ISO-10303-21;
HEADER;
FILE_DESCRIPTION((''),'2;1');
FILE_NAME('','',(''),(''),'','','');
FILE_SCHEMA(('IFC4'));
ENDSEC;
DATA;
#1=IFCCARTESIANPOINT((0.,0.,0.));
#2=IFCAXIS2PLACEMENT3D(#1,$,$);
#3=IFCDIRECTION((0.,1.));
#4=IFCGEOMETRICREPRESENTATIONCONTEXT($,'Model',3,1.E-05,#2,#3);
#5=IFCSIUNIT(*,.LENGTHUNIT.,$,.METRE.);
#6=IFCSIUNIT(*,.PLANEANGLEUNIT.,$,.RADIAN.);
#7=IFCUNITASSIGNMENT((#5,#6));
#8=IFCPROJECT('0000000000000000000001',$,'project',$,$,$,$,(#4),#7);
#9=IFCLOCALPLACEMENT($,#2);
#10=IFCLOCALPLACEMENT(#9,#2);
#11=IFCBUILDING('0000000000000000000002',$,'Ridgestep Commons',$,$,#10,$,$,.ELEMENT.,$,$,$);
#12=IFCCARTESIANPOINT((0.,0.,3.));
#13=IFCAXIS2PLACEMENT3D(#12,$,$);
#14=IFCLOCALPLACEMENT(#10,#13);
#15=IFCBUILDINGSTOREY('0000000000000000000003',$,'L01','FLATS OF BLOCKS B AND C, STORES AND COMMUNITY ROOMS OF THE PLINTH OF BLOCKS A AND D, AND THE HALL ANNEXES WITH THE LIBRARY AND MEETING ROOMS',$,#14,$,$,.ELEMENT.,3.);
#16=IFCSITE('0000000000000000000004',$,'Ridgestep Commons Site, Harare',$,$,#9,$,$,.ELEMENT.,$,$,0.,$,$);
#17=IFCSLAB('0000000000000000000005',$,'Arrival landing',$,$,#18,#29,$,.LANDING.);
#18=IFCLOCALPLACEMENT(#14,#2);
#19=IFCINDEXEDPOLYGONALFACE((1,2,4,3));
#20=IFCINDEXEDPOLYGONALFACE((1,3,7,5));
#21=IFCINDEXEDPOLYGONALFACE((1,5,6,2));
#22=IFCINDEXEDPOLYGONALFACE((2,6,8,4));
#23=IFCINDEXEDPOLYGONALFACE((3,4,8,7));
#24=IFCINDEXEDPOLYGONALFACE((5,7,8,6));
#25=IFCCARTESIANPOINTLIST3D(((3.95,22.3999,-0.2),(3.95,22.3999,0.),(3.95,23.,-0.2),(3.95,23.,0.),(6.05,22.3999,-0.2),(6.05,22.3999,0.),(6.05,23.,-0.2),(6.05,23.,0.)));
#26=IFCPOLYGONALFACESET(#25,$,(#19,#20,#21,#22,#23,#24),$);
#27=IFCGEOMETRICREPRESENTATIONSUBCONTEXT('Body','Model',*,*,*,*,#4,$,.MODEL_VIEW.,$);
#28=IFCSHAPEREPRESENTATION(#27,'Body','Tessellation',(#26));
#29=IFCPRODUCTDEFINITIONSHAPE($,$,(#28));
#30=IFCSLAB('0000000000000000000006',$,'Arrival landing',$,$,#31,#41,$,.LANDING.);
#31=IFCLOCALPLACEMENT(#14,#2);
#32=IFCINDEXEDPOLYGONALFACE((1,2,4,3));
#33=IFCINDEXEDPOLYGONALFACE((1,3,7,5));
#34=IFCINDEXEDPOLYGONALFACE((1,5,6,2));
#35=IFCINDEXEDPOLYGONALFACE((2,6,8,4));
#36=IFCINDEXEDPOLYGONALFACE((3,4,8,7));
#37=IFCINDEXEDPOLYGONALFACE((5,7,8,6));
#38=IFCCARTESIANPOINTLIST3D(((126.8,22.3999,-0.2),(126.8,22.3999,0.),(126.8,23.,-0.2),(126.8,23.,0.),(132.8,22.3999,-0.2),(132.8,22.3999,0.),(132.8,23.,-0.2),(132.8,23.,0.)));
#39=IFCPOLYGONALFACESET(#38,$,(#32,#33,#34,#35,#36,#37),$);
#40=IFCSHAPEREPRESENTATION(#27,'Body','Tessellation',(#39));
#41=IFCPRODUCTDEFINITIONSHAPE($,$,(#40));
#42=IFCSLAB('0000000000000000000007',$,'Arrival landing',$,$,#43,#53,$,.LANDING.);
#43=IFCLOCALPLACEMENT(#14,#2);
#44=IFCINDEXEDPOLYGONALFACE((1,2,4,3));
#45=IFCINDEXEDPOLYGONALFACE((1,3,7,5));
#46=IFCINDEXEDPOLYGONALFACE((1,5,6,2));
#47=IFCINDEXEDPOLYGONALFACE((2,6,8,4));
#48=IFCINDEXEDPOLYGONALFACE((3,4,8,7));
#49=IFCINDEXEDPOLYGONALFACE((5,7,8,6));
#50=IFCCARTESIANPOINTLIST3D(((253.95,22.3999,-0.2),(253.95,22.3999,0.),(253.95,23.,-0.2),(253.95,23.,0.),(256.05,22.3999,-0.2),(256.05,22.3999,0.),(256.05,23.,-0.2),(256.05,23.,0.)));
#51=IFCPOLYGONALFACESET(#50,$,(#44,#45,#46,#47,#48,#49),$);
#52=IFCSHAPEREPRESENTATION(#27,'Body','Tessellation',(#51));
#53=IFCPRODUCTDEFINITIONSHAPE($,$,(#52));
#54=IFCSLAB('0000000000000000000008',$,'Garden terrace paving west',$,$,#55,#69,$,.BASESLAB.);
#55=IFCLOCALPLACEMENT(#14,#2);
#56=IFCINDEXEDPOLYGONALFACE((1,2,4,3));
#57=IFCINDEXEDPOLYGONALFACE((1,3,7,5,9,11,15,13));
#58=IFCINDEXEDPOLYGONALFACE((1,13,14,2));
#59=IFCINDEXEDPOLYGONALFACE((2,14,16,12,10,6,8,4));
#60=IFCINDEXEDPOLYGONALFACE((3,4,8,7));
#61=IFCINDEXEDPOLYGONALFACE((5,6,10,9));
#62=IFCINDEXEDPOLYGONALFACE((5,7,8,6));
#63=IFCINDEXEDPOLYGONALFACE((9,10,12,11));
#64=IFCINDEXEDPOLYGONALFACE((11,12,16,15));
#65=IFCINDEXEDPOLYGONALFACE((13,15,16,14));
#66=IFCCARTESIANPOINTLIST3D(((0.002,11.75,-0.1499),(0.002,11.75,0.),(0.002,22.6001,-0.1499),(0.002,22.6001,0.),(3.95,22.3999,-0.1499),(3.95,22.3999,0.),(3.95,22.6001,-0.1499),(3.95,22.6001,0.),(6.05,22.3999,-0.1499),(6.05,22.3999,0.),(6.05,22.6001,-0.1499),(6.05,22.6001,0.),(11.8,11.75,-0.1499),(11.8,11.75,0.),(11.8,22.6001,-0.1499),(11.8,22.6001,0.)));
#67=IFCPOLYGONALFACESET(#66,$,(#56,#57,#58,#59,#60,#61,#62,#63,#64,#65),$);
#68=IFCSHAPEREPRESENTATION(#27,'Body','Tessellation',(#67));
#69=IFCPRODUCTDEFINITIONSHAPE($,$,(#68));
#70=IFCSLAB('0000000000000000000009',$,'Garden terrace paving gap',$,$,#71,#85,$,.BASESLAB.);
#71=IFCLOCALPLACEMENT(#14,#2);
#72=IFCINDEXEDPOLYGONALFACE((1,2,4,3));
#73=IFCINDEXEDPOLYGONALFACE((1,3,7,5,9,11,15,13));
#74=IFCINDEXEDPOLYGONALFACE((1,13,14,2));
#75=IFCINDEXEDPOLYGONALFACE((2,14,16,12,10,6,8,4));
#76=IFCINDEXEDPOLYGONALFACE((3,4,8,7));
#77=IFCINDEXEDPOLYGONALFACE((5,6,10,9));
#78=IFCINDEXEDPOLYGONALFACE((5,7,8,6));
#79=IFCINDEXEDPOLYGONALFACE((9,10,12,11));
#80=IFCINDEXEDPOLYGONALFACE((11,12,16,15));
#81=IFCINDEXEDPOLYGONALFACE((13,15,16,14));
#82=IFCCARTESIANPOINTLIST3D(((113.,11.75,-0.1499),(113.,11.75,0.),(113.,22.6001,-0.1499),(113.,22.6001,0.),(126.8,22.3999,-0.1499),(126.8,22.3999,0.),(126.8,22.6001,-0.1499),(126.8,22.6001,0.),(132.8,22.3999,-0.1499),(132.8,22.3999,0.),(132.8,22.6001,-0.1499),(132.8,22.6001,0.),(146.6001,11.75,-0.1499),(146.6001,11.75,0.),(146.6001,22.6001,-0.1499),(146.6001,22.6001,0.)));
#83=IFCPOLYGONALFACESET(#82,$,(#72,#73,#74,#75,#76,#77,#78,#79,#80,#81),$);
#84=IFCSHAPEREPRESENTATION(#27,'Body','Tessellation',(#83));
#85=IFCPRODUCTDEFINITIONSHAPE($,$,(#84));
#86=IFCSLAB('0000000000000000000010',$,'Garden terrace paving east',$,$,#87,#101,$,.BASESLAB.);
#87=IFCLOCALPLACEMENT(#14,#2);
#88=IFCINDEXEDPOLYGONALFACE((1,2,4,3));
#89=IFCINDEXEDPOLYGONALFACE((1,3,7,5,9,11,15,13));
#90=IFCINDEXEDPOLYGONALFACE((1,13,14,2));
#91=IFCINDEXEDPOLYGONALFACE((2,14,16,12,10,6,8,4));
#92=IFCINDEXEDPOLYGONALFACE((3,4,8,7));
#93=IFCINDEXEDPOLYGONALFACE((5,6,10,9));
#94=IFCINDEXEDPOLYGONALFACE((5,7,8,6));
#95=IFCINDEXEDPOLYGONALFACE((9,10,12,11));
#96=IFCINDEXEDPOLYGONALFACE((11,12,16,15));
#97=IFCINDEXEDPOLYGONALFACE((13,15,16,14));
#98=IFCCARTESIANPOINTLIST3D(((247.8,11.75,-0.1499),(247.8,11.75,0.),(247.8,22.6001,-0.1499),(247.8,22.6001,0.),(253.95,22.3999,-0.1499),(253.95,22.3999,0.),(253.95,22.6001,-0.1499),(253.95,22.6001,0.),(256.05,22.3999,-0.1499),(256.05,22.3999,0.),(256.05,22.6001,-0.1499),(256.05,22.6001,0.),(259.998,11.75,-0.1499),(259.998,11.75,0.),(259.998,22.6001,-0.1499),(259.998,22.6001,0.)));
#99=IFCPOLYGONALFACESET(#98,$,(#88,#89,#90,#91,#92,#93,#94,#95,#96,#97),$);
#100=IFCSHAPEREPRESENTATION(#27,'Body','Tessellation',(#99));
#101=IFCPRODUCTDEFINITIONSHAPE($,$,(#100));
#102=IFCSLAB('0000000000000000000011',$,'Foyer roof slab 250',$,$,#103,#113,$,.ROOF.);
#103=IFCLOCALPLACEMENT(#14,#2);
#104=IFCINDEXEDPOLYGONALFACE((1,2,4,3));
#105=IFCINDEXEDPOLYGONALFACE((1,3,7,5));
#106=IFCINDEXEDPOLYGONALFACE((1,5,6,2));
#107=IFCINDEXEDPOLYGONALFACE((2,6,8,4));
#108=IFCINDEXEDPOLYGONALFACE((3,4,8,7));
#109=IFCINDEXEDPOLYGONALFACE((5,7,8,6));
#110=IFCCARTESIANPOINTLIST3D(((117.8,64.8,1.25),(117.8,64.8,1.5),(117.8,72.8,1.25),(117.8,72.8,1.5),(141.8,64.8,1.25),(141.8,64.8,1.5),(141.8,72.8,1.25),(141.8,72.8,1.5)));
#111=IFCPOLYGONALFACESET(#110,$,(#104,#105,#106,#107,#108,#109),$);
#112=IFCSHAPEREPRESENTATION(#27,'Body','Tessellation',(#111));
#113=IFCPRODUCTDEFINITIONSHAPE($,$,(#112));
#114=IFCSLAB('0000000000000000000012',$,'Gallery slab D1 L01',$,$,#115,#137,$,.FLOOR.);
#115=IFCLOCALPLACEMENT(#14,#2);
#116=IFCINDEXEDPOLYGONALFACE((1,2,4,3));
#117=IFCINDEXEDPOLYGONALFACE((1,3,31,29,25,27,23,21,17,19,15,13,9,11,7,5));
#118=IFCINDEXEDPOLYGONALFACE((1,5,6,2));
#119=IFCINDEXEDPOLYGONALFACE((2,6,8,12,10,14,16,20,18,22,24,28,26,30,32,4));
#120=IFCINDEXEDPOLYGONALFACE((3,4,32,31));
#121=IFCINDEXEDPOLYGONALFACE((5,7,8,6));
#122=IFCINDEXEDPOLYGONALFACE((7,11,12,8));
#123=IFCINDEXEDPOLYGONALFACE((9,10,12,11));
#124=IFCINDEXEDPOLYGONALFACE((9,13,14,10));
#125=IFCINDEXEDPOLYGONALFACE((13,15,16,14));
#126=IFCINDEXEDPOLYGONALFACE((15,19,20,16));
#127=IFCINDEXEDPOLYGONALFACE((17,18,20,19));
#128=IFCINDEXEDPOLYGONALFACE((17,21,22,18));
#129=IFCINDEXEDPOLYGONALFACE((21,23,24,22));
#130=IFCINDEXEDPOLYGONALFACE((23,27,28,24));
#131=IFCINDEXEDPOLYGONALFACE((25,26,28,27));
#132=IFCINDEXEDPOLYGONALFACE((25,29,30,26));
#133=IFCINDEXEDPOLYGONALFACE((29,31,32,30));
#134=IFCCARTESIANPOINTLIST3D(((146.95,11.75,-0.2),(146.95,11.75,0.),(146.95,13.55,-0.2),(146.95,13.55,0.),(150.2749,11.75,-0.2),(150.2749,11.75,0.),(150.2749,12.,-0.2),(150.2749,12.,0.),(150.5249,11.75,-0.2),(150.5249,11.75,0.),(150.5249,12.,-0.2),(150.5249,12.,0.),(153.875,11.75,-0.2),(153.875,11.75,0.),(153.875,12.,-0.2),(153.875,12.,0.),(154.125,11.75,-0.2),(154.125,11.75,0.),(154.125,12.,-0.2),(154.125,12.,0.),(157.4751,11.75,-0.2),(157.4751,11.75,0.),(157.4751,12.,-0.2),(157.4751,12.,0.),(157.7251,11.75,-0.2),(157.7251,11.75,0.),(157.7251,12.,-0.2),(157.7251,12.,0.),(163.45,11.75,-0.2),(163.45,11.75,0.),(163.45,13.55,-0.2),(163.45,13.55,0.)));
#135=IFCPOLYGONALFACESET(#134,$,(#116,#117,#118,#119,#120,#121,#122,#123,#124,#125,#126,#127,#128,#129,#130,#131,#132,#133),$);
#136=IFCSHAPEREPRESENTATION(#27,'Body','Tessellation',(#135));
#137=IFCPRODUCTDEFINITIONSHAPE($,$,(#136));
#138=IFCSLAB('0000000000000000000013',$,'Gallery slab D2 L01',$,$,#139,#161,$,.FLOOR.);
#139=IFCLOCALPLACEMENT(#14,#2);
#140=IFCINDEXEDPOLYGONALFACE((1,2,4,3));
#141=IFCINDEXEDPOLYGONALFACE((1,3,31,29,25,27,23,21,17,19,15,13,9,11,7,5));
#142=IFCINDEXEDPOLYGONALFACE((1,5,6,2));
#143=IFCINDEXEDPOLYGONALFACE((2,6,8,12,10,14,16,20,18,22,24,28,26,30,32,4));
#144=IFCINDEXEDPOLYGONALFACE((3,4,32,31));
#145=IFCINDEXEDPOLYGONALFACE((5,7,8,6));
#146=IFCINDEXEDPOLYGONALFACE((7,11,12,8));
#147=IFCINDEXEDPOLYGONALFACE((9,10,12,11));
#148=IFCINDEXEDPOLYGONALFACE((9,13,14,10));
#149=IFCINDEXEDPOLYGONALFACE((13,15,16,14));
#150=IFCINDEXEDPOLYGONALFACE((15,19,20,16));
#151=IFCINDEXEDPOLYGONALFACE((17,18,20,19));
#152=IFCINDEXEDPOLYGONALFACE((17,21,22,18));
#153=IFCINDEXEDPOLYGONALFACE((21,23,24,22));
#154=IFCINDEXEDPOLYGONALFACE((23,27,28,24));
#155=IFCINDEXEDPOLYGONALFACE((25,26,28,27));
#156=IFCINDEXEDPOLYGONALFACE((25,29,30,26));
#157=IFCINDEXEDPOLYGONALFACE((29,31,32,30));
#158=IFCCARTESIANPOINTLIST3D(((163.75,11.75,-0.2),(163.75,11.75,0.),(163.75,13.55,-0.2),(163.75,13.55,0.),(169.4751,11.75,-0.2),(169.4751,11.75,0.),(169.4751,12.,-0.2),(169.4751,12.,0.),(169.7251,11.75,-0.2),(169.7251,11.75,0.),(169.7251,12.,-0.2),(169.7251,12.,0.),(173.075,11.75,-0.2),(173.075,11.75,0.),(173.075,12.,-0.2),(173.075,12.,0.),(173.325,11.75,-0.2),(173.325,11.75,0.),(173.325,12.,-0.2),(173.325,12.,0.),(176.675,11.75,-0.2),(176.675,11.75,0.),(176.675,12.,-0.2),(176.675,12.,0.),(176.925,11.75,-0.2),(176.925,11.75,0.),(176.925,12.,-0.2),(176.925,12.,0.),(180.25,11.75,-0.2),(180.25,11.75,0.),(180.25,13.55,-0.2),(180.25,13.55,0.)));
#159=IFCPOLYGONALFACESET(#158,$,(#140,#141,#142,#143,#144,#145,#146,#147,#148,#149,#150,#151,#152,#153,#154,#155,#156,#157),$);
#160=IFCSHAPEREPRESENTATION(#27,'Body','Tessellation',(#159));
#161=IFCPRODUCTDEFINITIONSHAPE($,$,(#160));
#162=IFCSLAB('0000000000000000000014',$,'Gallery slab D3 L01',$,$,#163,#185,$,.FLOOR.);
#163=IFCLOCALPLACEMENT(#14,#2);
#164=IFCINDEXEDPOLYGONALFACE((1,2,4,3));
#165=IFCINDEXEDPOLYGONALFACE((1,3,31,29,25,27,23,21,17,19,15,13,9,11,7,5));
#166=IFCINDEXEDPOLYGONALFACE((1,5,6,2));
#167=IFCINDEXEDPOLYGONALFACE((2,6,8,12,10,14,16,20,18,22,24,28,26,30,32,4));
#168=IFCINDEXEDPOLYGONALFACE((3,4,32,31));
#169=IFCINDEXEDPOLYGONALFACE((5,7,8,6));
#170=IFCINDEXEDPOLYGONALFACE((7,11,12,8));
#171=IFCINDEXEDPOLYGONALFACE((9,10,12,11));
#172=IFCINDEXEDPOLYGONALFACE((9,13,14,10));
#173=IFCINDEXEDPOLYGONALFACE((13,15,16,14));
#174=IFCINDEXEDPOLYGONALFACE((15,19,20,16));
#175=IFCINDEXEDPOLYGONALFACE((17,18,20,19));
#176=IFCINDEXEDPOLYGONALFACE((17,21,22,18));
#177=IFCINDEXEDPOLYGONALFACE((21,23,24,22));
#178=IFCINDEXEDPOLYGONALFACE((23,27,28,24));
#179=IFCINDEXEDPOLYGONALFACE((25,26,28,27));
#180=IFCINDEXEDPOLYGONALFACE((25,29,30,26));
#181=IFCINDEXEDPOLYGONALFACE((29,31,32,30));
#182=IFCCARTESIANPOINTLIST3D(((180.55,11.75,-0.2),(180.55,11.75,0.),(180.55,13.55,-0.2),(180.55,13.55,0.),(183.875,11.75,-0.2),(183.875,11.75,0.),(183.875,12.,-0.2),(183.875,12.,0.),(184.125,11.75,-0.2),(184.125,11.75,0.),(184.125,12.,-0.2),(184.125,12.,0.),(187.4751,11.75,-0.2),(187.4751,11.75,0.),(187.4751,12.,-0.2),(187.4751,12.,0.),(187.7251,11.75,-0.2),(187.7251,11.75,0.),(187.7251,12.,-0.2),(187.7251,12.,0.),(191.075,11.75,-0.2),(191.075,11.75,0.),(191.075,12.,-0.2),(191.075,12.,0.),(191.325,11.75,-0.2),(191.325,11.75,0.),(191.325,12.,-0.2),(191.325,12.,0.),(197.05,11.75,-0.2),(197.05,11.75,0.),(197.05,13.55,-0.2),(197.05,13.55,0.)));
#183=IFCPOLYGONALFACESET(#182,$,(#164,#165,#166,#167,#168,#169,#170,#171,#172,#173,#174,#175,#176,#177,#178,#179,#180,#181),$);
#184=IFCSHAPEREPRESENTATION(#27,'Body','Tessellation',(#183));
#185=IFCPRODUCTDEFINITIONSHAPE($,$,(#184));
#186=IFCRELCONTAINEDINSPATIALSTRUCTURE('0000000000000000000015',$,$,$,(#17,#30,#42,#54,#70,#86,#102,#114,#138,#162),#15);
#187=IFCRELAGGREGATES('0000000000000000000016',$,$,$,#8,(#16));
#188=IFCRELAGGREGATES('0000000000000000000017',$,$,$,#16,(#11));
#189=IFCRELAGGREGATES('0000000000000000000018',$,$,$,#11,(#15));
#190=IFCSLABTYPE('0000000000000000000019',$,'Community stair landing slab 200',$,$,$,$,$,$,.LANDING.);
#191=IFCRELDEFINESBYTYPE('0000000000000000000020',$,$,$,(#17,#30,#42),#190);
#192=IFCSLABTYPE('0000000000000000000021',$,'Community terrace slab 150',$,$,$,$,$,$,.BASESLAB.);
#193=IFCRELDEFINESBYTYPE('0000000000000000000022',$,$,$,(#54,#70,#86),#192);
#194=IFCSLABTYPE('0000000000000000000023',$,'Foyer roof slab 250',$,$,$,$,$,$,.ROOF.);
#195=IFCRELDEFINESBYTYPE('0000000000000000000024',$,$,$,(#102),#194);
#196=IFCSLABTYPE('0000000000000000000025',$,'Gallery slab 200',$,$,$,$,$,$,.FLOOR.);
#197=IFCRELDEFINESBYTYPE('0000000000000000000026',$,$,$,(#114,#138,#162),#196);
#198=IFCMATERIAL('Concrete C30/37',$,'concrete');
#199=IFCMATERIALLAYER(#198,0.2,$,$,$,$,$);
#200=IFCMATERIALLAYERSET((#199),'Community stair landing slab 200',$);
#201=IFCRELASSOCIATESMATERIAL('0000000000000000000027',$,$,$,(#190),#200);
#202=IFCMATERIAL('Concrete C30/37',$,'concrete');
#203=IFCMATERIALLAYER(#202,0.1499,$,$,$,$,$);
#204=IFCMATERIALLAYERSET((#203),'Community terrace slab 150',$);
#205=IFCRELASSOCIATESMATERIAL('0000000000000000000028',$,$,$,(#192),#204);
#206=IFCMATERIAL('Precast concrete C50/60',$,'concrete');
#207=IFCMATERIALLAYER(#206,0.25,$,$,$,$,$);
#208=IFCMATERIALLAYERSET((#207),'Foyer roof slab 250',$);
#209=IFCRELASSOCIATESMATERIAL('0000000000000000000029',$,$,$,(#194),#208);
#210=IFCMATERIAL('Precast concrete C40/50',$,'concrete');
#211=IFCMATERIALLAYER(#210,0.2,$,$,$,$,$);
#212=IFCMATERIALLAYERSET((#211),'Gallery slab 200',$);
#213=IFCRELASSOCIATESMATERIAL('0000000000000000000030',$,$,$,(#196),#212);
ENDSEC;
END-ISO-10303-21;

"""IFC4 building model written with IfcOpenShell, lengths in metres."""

from ifc_helpers import new_model, si_unit, direction, frame, origin, place, context, subcontext, project, spatial, polyline, outline, extrude, material, layer, layer_set, type_object, element, save


model = new_model("IFC4")

# Units and contexts
model_context = context("Model", 3, precision=1e-05, world=origin(), true_north=direction((0.0, 1.0)))
body_context = subcontext(model_context, "Body", "Model", "MODEL_VIEW")
ifc_project = project(units=[si_unit("LENGTHUNIT", "METRE"), si_unit("PLANEANGLEUNIT", "RADIAN")], contexts=[model_context])

# Site, building, storey
site_placement = place(None, origin())
site = spatial("IfcSite", under=ifc_project, at=site_placement, Name="Ridgestep Commons Site, Harare", CompositionType="ELEMENT", RefElevation=0.0)
building_placement = place(site_placement, origin())
building = spatial("IfcBuilding", under=site, at=building_placement, Name="Ridgestep Commons", CompositionType="ELEMENT")
storey_placement = place(building_placement, frame((0.0, 0.0, 3.0)))
storey = spatial("IfcBuildingStorey", under=building, at=storey_placement, Name="L01", Description="FLATS OF BLOCKS B AND C, STORES AND COMMUNITY ROOMS OF THE PLINTH OF BLOCKS A AND D, AND THE HALL ANNEXES WITH THE LIBRARY AND MEETING ROOMS", CompositionType="ELEMENT", Elevation=3.0)

# Slabs
ifc_material_1 = material(Name="Concrete C30/37", Category="concrete")
ifc_layer_1 = layer(ifc_material_1, 0.2)
ifc_layer_set_1 = layer_set([ifc_layer_1], Name="Community stair landing slab 200")
slab_type_1 = type_object("IfcSlabType", Name="Community stair landing slab 200", PredefinedType="LANDING", material=ifc_layer_set_1)
slab_1_placement = place(storey_placement, frame((0.0, 0.0, -0.2)))
element("IfcSlab", 1, at=slab_1_placement, inside=storey, type_object=slab_type_1, Name="Arrival landing", PredefinedType="LANDING", context=body_context, shape_type="SweptSolid", body=[
    extrude(outline(polyline([(3.95, 22.3999), (6.05, 22.3999), (6.05, 23.0), (3.95, 23.0), (3.95, 22.3999)])), origin(), (0.0, 0.0, 1.0), 0.2),
])
slab_2_placement = place(storey_placement, frame((0.0, 0.0, -0.2)))
element("IfcSlab", 2, at=slab_2_placement, inside=storey, type_object=slab_type_1, Name="Arrival landing", PredefinedType="LANDING", context=body_context, shape_type="SweptSolid", body=[
    extrude(outline(polyline([(126.8, 22.3999), (132.8, 22.3999), (132.8, 23.0), (126.8, 23.0), (126.8, 22.3999)])), origin(), (0.0, 0.0, 1.0), 0.2),
])
slab_3_placement = place(storey_placement, frame((0.0, 0.0, -0.2)))
element("IfcSlab", 3, at=slab_3_placement, inside=storey, type_object=slab_type_1, Name="Arrival landing", PredefinedType="LANDING", context=body_context, shape_type="SweptSolid", body=[
    extrude(outline(polyline([(253.95, 22.3999), (256.05, 22.3999), (256.05, 23.0), (253.95, 23.0), (253.95, 22.3999)])), origin(), (0.0, 0.0, 1.0), 0.2),
])
ifc_material_2 = material(Name="Concrete C30/37", Category="concrete")
ifc_layer_2 = layer(ifc_material_2, 0.1499)
ifc_layer_set_2 = layer_set([ifc_layer_2], Name="Community terrace slab 150")
slab_type_2 = type_object("IfcSlabType", Name="Community terrace slab 150", PredefinedType="BASESLAB", material=ifc_layer_set_2)
slab_4_placement = place(storey_placement, frame((0.0, 0.0, -0.1499)))
element("IfcSlab", 4, at=slab_4_placement, inside=storey, type_object=slab_type_2, Name="Garden terrace paving west", PredefinedType="BASESLAB", context=body_context, shape_type="SweptSolid", body=[
    extrude(outline(polyline([(11.8, 22.6001), (11.8, 11.75), (0.002, 11.75), (0.002, 22.6001), (3.95, 22.6001), (3.95, 22.3999), (6.05, 22.3999), (6.05, 22.6001), (11.8, 22.6001)])), origin(), (0.0, 0.0, 1.0), 0.1499),
])
slab_5_placement = place(storey_placement, frame((0.0, 0.0, -0.1499)))
element("IfcSlab", 5, at=slab_5_placement, inside=storey, type_object=slab_type_2, Name="Garden terrace paving gap", PredefinedType="BASESLAB", context=body_context, shape_type="SweptSolid", body=[
    extrude(outline(polyline([(146.6001, 22.6001), (146.6001, 11.75), (113.0, 11.75), (113.0, 22.6001), (126.8, 22.6001), (126.8, 22.3999), (132.8, 22.3999), (132.8, 22.6001), (146.6001, 22.6001)])), origin(), (0.0, 0.0, 1.0), 0.1499),
])
slab_6_placement = place(storey_placement, frame((0.0, 0.0, -0.1499)))
element("IfcSlab", 6, at=slab_6_placement, inside=storey, type_object=slab_type_2, Name="Garden terrace paving east", PredefinedType="BASESLAB", context=body_context, shape_type="SweptSolid", body=[
    extrude(outline(polyline([(259.998, 22.6001), (259.998, 11.75), (247.8, 11.75), (247.8, 22.6001), (253.95, 22.6001), (253.95, 22.3999), (256.05, 22.3999), (256.05, 22.6001), (259.998, 22.6001)])), origin(), (0.0, 0.0, 1.0), 0.1499),
])
ifc_material_3 = material(Name="Precast concrete C50/60", Category="concrete")
ifc_layer_3 = layer(ifc_material_3, 0.25)
ifc_layer_set_3 = layer_set([ifc_layer_3], Name="Foyer roof slab 250")
slab_type_3 = type_object("IfcSlabType", Name="Foyer roof slab 250", PredefinedType="ROOF", material=ifc_layer_set_3)
slab_7_placement = place(storey_placement, frame((0.0, 0.0, 1.25)))
element("IfcSlab", 7, at=slab_7_placement, inside=storey, type_object=slab_type_3, Name="Foyer roof slab 250", PredefinedType="ROOF", context=body_context, shape_type="SweptSolid", body=[
    extrude(outline(polyline([(117.8, 64.8), (141.8, 64.8), (141.8, 72.8), (117.8, 72.8), (117.8, 64.8)])), origin(), (0.0, 0.0, 1.0), 0.25),
])
ifc_material_4 = material(Name="Precast concrete C40/50", Category="concrete")
ifc_layer_4 = layer(ifc_material_4, 0.2)
ifc_layer_set_4 = layer_set([ifc_layer_4], Name="Gallery slab 200")
slab_type_4 = type_object("IfcSlabType", Name="Gallery slab 200", PredefinedType="FLOOR", material=ifc_layer_set_4)
slab_8_placement = place(storey_placement, frame((0.0, 0.0, -0.2)))
element("IfcSlab", 8, at=slab_8_placement, inside=storey, type_object=slab_type_4, Name="Gallery slab D1 L01", PredefinedType="FLOOR", context=body_context, shape_type="SweptSolid", body=[
    extrude(outline(polyline([(163.45, 13.55), (146.95, 13.55), (146.95, 11.75), (150.2749, 11.75), (150.2749, 12.0), (150.5249, 12.0), (150.5249, 11.75), (153.875, 11.75), (153.875, 12.0), (154.125, 12.0), (154.125, 11.75), (157.4751, 11.75), (157.4751, 12.0), (157.7251, 12.0), (157.7251, 11.75), (163.45, 11.75), (163.45, 13.55)])), origin(), (0.0, 0.0, 1.0), 0.2),
])
slab_9_placement = place(storey_placement, frame((0.0, 0.0, -0.2)))
element("IfcSlab", 9, at=slab_9_placement, inside=storey, type_object=slab_type_4, Name="Gallery slab D2 L01", PredefinedType="FLOOR", context=body_context, shape_type="SweptSolid", body=[
    extrude(outline(polyline([(180.25, 13.55), (163.75, 13.55), (163.75, 11.75), (169.4751, 11.75), (169.4751, 12.0), (169.7251, 12.0), (169.7251, 11.75), (173.075, 11.75), (173.075, 12.0), (173.325, 12.0), (173.325, 11.75), (176.675, 11.75), (176.675, 12.0), (176.925, 12.0), (176.925, 11.75), (180.25, 11.75), (180.25, 13.55)])), origin(), (0.0, 0.0, 1.0), 0.2),
])
slab_10_placement = place(storey_placement, frame((0.0, 0.0, -0.2)))
element("IfcSlab", 10, at=slab_10_placement, inside=storey, type_object=slab_type_4, Name="Gallery slab D3 L01", PredefinedType="FLOOR", context=body_context, shape_type="SweptSolid", body=[
    extrude(outline(polyline([(197.05, 13.55), (180.55, 13.55), (180.55, 11.75), (183.875, 11.75), (183.875, 12.0), (184.125, 12.0), (184.125, 11.75), (187.4751, 11.75), (187.4751, 12.0), (187.7251, 12.0), (187.7251, 11.75), (191.075, 11.75), (191.075, 12.0), (191.325, 12.0), (191.325, 11.75), (197.05, 11.75), (197.05, 13.55)])), origin(), (0.0, 0.0, 1.0), 0.2),
])

save(model, "model.ifc")
